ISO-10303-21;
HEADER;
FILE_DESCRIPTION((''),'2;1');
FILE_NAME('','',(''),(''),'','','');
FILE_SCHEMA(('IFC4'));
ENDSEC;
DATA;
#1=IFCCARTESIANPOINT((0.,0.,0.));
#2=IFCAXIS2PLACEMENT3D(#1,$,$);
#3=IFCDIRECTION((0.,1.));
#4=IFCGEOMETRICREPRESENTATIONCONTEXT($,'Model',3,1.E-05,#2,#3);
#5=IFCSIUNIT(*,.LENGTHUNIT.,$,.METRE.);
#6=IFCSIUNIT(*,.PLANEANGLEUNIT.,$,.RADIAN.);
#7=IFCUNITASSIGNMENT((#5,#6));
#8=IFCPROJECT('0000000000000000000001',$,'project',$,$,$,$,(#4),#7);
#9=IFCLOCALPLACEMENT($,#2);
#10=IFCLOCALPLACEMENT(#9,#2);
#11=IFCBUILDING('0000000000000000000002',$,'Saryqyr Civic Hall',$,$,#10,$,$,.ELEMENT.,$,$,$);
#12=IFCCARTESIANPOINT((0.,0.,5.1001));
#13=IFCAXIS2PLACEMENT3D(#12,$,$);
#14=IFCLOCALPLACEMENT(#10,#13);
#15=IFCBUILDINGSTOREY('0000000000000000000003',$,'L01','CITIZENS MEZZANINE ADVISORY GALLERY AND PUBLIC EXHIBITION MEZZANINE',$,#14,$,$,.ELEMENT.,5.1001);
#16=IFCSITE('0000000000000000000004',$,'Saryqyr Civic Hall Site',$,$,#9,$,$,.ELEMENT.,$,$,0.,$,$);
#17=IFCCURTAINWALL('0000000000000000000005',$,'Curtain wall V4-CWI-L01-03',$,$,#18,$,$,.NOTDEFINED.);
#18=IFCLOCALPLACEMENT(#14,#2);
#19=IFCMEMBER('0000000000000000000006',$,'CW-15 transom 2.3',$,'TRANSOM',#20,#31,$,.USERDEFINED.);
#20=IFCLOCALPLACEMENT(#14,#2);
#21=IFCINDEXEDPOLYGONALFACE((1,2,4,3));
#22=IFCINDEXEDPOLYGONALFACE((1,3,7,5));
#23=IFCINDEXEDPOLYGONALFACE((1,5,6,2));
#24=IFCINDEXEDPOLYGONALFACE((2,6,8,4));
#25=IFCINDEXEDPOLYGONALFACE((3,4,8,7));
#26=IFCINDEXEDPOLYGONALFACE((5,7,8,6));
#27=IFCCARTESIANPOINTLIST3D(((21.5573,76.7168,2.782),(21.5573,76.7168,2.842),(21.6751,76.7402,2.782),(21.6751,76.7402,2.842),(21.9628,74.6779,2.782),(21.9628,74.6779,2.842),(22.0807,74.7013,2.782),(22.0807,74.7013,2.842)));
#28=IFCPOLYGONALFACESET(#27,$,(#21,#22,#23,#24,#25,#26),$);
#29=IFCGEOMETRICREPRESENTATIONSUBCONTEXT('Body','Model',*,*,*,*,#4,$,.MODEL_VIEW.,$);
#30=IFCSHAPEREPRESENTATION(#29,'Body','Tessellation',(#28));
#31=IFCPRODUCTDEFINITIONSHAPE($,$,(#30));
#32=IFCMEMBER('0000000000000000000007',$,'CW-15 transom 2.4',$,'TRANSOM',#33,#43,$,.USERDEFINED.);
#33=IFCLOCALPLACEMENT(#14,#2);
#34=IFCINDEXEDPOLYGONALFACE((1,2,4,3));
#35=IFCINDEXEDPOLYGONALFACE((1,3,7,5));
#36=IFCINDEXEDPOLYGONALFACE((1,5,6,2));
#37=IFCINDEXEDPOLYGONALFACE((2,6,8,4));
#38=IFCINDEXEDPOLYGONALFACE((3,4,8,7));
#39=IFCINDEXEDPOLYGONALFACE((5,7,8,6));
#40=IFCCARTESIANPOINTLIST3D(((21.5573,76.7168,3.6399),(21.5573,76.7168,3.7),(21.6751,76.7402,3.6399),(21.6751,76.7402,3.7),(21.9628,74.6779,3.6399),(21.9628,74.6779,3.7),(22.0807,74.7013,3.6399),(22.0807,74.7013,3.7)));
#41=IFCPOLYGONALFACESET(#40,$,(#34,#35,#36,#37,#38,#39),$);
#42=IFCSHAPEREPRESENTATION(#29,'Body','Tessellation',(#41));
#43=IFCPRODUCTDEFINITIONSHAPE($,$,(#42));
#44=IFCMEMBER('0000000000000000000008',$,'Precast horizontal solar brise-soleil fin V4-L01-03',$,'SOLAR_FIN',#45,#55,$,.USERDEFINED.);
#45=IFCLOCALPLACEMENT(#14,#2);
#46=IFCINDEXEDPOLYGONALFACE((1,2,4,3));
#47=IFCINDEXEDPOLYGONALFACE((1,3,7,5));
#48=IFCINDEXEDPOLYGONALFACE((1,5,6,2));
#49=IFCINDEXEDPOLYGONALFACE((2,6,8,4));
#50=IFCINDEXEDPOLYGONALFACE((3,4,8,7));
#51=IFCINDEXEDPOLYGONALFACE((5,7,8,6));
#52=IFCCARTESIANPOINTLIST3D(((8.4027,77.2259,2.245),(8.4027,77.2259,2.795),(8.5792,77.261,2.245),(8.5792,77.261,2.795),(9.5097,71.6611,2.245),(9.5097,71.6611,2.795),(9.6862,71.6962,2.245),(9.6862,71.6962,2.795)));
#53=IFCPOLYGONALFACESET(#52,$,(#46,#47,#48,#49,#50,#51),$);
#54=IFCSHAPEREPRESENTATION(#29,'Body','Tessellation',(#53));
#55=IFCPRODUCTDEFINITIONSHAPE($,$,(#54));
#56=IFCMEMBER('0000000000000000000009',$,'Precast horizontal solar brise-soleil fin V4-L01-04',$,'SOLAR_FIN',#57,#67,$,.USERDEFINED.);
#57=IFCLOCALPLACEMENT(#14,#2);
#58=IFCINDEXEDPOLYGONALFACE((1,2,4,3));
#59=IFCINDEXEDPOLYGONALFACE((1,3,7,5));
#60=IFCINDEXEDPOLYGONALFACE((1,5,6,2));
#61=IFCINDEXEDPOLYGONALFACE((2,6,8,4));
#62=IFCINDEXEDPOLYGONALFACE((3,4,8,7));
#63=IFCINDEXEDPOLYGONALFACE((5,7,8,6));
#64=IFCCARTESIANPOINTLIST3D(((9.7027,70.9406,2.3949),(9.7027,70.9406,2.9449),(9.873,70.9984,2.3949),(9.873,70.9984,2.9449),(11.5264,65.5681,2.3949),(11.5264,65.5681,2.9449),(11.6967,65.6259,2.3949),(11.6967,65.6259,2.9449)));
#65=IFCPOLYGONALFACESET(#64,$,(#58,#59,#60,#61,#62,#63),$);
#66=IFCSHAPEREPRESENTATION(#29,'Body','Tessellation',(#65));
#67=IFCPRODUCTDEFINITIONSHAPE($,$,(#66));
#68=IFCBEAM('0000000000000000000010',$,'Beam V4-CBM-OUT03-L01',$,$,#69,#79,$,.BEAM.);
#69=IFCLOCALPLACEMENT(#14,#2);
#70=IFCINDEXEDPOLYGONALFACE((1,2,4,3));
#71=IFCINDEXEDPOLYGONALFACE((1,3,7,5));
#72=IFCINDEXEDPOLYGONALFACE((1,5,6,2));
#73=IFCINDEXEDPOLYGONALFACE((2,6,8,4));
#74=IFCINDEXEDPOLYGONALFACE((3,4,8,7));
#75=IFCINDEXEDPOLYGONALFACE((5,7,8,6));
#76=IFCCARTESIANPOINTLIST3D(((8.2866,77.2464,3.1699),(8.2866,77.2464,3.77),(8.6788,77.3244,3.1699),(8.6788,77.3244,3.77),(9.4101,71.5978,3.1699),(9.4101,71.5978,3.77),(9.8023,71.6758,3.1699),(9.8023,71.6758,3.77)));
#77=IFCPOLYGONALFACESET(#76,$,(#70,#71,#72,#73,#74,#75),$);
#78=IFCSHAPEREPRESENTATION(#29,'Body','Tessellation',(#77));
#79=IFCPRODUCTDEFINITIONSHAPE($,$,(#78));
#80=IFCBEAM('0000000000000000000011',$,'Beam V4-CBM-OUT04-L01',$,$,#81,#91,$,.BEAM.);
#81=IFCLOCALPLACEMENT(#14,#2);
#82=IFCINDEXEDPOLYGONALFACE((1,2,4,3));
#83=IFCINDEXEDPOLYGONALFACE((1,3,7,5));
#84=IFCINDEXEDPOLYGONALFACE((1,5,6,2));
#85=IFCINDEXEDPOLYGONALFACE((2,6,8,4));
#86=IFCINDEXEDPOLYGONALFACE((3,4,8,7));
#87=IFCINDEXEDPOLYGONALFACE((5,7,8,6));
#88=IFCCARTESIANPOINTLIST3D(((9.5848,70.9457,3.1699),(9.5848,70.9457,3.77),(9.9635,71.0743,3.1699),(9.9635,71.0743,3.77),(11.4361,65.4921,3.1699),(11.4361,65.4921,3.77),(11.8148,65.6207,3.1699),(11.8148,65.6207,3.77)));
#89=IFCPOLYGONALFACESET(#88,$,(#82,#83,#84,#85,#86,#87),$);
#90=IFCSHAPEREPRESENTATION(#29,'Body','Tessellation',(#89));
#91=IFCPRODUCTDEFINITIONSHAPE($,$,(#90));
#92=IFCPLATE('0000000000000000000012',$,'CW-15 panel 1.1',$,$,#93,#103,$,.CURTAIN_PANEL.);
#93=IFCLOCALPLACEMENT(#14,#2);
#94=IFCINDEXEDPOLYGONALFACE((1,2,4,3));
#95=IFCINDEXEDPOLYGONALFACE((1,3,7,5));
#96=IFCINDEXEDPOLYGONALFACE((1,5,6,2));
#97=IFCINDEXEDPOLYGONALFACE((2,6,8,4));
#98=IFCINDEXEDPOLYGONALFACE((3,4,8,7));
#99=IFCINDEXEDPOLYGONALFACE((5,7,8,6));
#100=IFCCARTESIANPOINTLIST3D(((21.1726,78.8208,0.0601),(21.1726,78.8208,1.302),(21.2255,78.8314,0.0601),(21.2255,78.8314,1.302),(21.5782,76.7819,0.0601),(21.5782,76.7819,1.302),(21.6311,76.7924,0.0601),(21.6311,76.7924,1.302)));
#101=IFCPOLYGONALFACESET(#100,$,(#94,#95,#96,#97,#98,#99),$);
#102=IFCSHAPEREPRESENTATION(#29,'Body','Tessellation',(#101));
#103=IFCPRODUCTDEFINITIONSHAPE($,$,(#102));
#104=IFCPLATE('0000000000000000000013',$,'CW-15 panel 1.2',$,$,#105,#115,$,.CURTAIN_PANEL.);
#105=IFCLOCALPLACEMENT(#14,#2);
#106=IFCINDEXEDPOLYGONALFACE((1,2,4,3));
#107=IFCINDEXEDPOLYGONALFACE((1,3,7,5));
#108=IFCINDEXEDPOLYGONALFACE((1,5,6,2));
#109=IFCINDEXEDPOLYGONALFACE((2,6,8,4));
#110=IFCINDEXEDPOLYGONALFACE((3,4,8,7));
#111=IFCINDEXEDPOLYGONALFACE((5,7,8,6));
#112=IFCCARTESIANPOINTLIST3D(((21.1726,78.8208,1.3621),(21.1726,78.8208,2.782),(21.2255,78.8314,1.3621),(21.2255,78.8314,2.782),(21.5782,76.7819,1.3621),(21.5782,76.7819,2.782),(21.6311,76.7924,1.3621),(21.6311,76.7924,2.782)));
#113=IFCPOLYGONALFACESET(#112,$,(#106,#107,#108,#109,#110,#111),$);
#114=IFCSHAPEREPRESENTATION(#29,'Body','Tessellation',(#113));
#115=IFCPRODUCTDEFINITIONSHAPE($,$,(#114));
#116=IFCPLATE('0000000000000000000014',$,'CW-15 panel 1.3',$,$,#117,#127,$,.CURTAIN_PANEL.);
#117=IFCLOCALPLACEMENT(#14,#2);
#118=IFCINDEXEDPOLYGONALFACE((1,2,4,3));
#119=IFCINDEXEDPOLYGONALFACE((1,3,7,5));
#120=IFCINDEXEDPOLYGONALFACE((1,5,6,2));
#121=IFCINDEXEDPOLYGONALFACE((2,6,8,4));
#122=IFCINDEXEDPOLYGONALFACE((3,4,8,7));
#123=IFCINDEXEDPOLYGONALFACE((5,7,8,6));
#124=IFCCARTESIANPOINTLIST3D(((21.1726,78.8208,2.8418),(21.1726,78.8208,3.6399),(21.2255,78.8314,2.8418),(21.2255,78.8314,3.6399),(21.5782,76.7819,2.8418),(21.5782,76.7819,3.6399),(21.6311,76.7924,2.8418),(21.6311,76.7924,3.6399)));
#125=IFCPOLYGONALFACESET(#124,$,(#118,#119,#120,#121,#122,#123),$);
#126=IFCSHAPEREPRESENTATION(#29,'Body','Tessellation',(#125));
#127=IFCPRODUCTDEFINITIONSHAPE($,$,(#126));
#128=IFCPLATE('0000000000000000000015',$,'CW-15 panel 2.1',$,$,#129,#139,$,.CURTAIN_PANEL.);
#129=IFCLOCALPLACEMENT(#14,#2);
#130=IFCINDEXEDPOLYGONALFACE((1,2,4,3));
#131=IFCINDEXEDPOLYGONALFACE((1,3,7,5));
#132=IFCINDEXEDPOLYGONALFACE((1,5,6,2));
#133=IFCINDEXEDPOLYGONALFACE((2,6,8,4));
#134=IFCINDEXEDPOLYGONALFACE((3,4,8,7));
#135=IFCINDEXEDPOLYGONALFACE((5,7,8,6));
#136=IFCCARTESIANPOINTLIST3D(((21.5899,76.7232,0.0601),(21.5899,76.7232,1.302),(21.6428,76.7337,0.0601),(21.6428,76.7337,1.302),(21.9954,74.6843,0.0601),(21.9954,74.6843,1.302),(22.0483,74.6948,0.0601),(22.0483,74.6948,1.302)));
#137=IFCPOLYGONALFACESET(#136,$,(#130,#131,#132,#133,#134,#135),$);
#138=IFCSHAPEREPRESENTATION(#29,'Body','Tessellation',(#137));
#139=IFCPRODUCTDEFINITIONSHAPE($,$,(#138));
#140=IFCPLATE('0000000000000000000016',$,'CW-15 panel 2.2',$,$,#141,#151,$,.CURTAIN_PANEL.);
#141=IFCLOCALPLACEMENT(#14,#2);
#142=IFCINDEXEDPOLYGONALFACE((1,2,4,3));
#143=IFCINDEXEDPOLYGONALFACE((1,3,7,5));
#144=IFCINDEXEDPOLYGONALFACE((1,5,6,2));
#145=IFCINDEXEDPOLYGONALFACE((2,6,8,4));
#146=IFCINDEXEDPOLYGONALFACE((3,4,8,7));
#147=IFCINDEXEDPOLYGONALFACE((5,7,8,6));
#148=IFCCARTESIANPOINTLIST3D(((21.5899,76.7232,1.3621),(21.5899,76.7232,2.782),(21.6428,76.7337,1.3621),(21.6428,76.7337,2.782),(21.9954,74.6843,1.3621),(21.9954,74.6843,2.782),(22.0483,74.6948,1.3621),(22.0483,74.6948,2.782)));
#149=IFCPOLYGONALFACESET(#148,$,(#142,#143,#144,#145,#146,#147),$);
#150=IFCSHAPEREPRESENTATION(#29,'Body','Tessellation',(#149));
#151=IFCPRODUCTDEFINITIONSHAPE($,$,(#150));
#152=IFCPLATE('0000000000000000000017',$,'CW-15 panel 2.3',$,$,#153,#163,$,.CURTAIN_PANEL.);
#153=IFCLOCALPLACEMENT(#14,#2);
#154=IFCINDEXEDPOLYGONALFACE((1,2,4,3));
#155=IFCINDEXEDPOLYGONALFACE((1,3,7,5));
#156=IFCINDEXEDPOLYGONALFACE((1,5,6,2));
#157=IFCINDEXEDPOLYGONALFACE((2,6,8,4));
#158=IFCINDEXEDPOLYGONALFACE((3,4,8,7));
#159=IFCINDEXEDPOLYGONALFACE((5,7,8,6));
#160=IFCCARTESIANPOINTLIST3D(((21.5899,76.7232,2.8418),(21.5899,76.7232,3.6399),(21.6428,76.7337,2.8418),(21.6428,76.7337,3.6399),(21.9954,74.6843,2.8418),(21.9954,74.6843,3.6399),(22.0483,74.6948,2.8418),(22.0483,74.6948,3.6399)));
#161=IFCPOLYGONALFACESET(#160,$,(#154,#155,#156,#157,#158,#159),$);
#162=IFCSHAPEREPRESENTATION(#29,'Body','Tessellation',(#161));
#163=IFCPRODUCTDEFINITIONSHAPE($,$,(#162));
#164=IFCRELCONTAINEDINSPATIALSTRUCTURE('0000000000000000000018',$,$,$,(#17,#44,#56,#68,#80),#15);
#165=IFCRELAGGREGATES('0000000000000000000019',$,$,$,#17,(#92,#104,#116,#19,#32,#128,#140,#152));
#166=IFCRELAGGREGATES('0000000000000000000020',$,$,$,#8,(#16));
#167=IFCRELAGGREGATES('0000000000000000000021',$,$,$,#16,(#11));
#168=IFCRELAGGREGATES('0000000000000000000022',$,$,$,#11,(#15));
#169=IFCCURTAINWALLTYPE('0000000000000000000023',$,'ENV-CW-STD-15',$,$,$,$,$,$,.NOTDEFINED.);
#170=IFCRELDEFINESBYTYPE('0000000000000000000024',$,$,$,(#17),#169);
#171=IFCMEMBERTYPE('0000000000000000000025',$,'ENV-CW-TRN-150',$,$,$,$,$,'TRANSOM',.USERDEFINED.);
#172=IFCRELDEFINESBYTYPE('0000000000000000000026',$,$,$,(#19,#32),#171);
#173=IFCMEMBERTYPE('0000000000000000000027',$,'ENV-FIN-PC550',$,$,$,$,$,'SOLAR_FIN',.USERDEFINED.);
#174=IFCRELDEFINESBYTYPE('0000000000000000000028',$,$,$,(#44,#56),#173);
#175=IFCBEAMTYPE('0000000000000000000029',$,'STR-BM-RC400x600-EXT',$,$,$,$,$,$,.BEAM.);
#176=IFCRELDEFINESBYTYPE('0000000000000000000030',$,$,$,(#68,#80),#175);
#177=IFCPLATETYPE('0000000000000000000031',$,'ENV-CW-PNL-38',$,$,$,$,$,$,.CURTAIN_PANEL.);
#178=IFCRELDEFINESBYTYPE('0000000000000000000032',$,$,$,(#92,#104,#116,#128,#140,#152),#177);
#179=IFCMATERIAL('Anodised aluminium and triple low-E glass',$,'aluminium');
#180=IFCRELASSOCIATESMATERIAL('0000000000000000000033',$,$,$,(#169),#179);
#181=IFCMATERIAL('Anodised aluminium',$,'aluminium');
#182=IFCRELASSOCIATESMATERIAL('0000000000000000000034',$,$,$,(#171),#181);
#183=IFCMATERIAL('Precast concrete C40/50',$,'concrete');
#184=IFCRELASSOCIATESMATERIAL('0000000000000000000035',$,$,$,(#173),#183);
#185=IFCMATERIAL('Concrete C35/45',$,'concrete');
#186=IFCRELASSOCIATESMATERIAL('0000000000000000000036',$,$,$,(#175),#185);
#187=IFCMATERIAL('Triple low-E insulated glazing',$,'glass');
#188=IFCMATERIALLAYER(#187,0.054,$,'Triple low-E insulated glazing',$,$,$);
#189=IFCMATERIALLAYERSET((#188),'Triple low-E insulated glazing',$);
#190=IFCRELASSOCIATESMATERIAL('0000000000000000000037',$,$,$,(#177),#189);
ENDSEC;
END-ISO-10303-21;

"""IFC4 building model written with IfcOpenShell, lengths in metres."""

from ifc_helpers import new_model, si_unit, direction, frame, origin, origin_2d, place, context, subcontext, project, spatial, rectangle, extrude, material, layer, layer_set, material_profile, profile_set, type_object, element, aggregate, save


model = new_model("IFC4")

# Units and contexts
model_context = context("Model", 3, precision=1e-05, world=origin(), true_north=direction((0.0, 1.0)))
body_context = subcontext(model_context, "Body", "Model", "MODEL_VIEW")
ifc_project = project(units=[si_unit("LENGTHUNIT", "METRE"), si_unit("PLANEANGLEUNIT", "RADIAN")], contexts=[model_context])

# Site, building, storey
site_placement = place(None, origin())
site = spatial("IfcSite", under=ifc_project, at=site_placement, Name="Saryqyr Civic Hall Site", CompositionType="ELEMENT", RefElevation=0.0)
building_placement = place(site_placement, origin())
building = spatial("IfcBuilding", under=site, at=building_placement, Name="Saryqyr Civic Hall", CompositionType="ELEMENT")
storey_placement = place(building_placement, frame((0.0, 0.0, 5.1001)))
storey = spatial("IfcBuildingStorey", under=building, at=storey_placement, Name="L01", Description="CITIZENS MEZZANINE ADVISORY GALLERY AND PUBLIC EXHIBITION MEZZANINE", CompositionType="ELEMENT", Elevation=5.1001)

# Shared definitions
ifc_material_1 = material(Name="Anodised aluminium and triple low-E glass", Category="aluminium")
ifc_material_2 = material(Name="Anodised aluminium", Category="aluminium")

# Curtain wall
curtain_wall_type_1 = type_object("IfcCurtainWallType", Name="ENV-CW-STD-15", PredefinedType="NOTDEFINED", material=ifc_material_1)
curtain_wall_1_placement = place(storey_placement, origin())
curtain_wall_1 = element("IfcCurtainWall", 1, at=curtain_wall_1_placement, inside=storey, type_object=curtain_wall_type_1, Name="Curtain wall V4-CWI-L01-03", PredefinedType="NOTDEFINED")

# Members
ifc_material_profile_1 = material_profile(ifc_material_2, rectangle(XDim=0.1201, YDim=0.0601, at=origin_2d()), Name="ALU TRANSOM 120x60")
ifc_profile_set_1 = profile_set([ifc_material_profile_1], Name="Anodised aluminium")
member_type_1 = type_object("IfcMemberType", Name="ENV-CW-TRN-150", ElementType="TRANSOM", PredefinedType="USERDEFINED", material=ifc_profile_set_1)
member_1_placement = place(storey_placement, frame((21.6162, 76.7285, 2.812), z_axis=(0.195077, -0.980788, 0.0), x_axis=(0.980788, 0.195077, 0.0)))
member_1 = element("IfcMember", 2, at=member_1_placement, type_object=member_type_1, Name="CW-15 transom 2.3", ObjectType="TRANSOM", PredefinedType="USERDEFINED", context=body_context, shape_type="SweptSolid", body=[
    extrude(rectangle(XDim=0.1201, YDim=0.0601, at=origin_2d()), origin(), (0.0, 0.0, 1.0), 2.0789),
])
member_2_placement = place(storey_placement, frame((21.6162, 76.7285, 3.6699), z_axis=(0.195077, -0.980788, 0.0), x_axis=(0.980788, 0.195077, 0.0)))
member_2 = element("IfcMember", 3, at=member_2_placement, type_object=member_type_1, Name="CW-15 transom 2.4", ObjectType="TRANSOM", PredefinedType="USERDEFINED", context=body_context, shape_type="SweptSolid", body=[
    extrude(rectangle(XDim=0.1201, YDim=0.0601, at=origin_2d()), origin(), (0.0, 0.0, 1.0), 2.0789),
])

# Members
ifc_material_3 = material(Name="Precast concrete C40/50", Category="concrete")
ifc_material_profile_2 = material_profile(ifc_material_3, rectangle(XDim=0.1799, YDim=0.55, at=origin_2d()), Name="PC FIN 180x550")
ifc_profile_set_2 = profile_set([ifc_material_profile_2], Name="Precast concrete C40/50")
member_type_2 = type_object("IfcMemberType", Name="ENV-FIN-PC550", ElementType="SOLAR_FIN", PredefinedType="USERDEFINED", material=ifc_profile_set_2)
member_3_placement = place(storey_placement, frame((8.491, 77.2434, 2.52), z_axis=(0.195098, -0.980784, 0.0), x_axis=(0.980784, 0.195098, 0.0)))
element("IfcMember", 4, at=member_3_placement, inside=storey, type_object=member_type_2, Name="Precast horizontal solar brise-soleil fin V4-L01-03", ObjectType="SOLAR_FIN", PredefinedType="USERDEFINED", context=body_context, shape_type="SweptSolid", body=[
    extrude(rectangle(XDim=0.1799, YDim=0.55, at=origin_2d()), origin(), (0.0, 0.0, 1.0), 5.6738),
])
member_4_placement = place(storey_placement, frame((9.7878, 70.9695, 2.6699), z_axis=(0.321438, -0.946931, 0.0), x_axis=(0.946931, 0.321438, 0.0)))
element("IfcMember", 5, at=member_4_placement, inside=storey, type_object=member_type_2, Name="Precast horizontal solar brise-soleil fin V4-L01-04", ObjectType="SOLAR_FIN", PredefinedType="USERDEFINED", context=body_context, shape_type="SweptSolid", body=[
    extrude(rectangle(XDim=0.1799, YDim=0.55, at=origin_2d()), origin(), (0.0, 0.0, 1.0), 5.6736),
])

# Beams
ifc_material_4 = material(Name="Concrete C35/45", Category="concrete")
ifc_material_profile_3 = material_profile(ifc_material_4, rectangle(XDim=0.3999, YDim=0.6001, at=origin_2d()), Name="RC 400x600")
ifc_profile_set_3 = profile_set([ifc_material_profile_3], Name="Concrete C35/45")
beam_type = type_object("IfcBeamType", Name="STR-BM-RC400x600-EXT", PredefinedType="BEAM", material=ifc_profile_set_3)
for number, where, z_axis, x_axis, name in (
    (6, (8.4827, 77.2854, 3.47), (0.195081, -0.980787, 0.0), (0.980787, 0.195081, 0.0), "Beam V4-CBM-OUT03-L01"),
    (7, (9.7742, 71.01, 3.47), (0.32145, -0.946927, 0.0), (0.946927, 0.32145, 0.0), "Beam V4-CBM-OUT04-L01"),
):
    element("IfcBeam", number, at=place(storey_placement, frame(where, z_axis=z_axis, x_axis=x_axis)), inside=storey, type_object=beam_type, Name=name, PredefinedType="BEAM", context=body_context, shape_type="SweptSolid", body=[
        extrude(rectangle(XDim=0.3999, YDim=0.6001, at=origin_2d()), origin(), (0.0, 0.0, 1.0), 5.7593),
    ])

# Plates
ifc_material_5 = material(Name="Triple low-E insulated glazing", Category="glass")
ifc_layer_1 = layer(ifc_material_5, 0.054, Name="Triple low-E insulated glazing")
ifc_layer_set_1 = layer_set([ifc_layer_1], Name="Triple low-E insulated glazing")
plate_type = type_object("IfcPlateType", Name="ENV-CW-PNL-38", PredefinedType="CURTAIN_PANEL", material=ifc_layer_set_1)
plate_1_placement = place(storey_placement, frame((21.4019, 77.8066, 0.0601), z_axis=(0.0, 0.0, 1.0), x_axis=(0.195087, -0.980786, 0.0)))
plate_1 = element("IfcPlate", 8, at=plate_1_placement, type_object=plate_type, Name="CW-15 panel 1.1", PredefinedType="CURTAIN_PANEL", context=body_context, shape_type="SweptSolid", body=[
    extrude(rectangle(XDim=2.0789, YDim=0.054, at=origin_2d()), origin(), (0.0, 0.0, 1.0), 1.2419),
])
plate_2_placement = place(storey_placement, frame((21.4019, 77.8066, 1.3621), z_axis=(0.0, 0.0, 1.0), x_axis=(0.195087, -0.980786, 0.0)))
plate_2 = element("IfcPlate", 9, at=plate_2_placement, type_object=plate_type, Name="CW-15 panel 1.2", PredefinedType="CURTAIN_PANEL", context=body_context, shape_type="SweptSolid", body=[
    extrude(rectangle(XDim=2.0789, YDim=0.054, at=origin_2d()), origin(), (0.0, 0.0, 1.0), 1.4199),
])
plate_3_placement = place(storey_placement, frame((21.4019, 77.8066, 2.8418), z_axis=(0.0, 0.0, 1.0), x_axis=(0.195087, -0.980786, 0.0)))
plate_3 = element("IfcPlate", 10, at=plate_3_placement, type_object=plate_type, Name="CW-15 panel 1.3", PredefinedType="CURTAIN_PANEL", context=body_context, shape_type="SweptSolid", body=[
    extrude(rectangle(XDim=2.0789, YDim=0.054, at=origin_2d()), origin(), (0.0, 0.0, 1.0), 0.7981),
])
plate_4_placement = place(storey_placement, frame((21.8191, 75.709, 0.0601), z_axis=(0.0, 0.0, 1.0), x_axis=(0.195087, -0.980786, 0.0)))
plate_4 = element("IfcPlate", 11, at=plate_4_placement, type_object=plate_type, Name="CW-15 panel 2.1", PredefinedType="CURTAIN_PANEL", context=body_context, shape_type="SweptSolid", body=[
    extrude(rectangle(XDim=2.0789, YDim=0.054, at=origin_2d()), origin(), (0.0, 0.0, 1.0), 1.2419),
])
plate_5_placement = place(storey_placement, frame((21.8191, 75.709, 1.3621), z_axis=(0.0, 0.0, 1.0), x_axis=(0.195087, -0.980786, 0.0)))
plate_5 = element("IfcPlate", 12, at=plate_5_placement, type_object=plate_type, Name="CW-15 panel 2.2", PredefinedType="CURTAIN_PANEL", context=body_context, shape_type="SweptSolid", body=[
    extrude(rectangle(XDim=2.0789, YDim=0.054, at=origin_2d()), origin(), (0.0, 0.0, 1.0), 1.4199),
])
plate_6_placement = place(storey_placement, frame((21.8191, 75.709, 2.8418), z_axis=(0.0, 0.0, 1.0), x_axis=(0.195087, -0.980786, 0.0)))
plate_6 = element("IfcPlate", 13, at=plate_6_placement, type_object=plate_type, Name="CW-15 panel 2.3", PredefinedType="CURTAIN_PANEL", context=body_context, shape_type="SweptSolid", body=[
    extrude(rectangle(XDim=2.0789, YDim=0.054, at=origin_2d()), origin(), (0.0, 0.0, 1.0), 0.7981),
])
aggregate(curtain_wall_1, [plate_1, plate_2, plate_3, member_1, member_2, plate_4, plate_5, plate_6])

save(model, "model.ifc")
